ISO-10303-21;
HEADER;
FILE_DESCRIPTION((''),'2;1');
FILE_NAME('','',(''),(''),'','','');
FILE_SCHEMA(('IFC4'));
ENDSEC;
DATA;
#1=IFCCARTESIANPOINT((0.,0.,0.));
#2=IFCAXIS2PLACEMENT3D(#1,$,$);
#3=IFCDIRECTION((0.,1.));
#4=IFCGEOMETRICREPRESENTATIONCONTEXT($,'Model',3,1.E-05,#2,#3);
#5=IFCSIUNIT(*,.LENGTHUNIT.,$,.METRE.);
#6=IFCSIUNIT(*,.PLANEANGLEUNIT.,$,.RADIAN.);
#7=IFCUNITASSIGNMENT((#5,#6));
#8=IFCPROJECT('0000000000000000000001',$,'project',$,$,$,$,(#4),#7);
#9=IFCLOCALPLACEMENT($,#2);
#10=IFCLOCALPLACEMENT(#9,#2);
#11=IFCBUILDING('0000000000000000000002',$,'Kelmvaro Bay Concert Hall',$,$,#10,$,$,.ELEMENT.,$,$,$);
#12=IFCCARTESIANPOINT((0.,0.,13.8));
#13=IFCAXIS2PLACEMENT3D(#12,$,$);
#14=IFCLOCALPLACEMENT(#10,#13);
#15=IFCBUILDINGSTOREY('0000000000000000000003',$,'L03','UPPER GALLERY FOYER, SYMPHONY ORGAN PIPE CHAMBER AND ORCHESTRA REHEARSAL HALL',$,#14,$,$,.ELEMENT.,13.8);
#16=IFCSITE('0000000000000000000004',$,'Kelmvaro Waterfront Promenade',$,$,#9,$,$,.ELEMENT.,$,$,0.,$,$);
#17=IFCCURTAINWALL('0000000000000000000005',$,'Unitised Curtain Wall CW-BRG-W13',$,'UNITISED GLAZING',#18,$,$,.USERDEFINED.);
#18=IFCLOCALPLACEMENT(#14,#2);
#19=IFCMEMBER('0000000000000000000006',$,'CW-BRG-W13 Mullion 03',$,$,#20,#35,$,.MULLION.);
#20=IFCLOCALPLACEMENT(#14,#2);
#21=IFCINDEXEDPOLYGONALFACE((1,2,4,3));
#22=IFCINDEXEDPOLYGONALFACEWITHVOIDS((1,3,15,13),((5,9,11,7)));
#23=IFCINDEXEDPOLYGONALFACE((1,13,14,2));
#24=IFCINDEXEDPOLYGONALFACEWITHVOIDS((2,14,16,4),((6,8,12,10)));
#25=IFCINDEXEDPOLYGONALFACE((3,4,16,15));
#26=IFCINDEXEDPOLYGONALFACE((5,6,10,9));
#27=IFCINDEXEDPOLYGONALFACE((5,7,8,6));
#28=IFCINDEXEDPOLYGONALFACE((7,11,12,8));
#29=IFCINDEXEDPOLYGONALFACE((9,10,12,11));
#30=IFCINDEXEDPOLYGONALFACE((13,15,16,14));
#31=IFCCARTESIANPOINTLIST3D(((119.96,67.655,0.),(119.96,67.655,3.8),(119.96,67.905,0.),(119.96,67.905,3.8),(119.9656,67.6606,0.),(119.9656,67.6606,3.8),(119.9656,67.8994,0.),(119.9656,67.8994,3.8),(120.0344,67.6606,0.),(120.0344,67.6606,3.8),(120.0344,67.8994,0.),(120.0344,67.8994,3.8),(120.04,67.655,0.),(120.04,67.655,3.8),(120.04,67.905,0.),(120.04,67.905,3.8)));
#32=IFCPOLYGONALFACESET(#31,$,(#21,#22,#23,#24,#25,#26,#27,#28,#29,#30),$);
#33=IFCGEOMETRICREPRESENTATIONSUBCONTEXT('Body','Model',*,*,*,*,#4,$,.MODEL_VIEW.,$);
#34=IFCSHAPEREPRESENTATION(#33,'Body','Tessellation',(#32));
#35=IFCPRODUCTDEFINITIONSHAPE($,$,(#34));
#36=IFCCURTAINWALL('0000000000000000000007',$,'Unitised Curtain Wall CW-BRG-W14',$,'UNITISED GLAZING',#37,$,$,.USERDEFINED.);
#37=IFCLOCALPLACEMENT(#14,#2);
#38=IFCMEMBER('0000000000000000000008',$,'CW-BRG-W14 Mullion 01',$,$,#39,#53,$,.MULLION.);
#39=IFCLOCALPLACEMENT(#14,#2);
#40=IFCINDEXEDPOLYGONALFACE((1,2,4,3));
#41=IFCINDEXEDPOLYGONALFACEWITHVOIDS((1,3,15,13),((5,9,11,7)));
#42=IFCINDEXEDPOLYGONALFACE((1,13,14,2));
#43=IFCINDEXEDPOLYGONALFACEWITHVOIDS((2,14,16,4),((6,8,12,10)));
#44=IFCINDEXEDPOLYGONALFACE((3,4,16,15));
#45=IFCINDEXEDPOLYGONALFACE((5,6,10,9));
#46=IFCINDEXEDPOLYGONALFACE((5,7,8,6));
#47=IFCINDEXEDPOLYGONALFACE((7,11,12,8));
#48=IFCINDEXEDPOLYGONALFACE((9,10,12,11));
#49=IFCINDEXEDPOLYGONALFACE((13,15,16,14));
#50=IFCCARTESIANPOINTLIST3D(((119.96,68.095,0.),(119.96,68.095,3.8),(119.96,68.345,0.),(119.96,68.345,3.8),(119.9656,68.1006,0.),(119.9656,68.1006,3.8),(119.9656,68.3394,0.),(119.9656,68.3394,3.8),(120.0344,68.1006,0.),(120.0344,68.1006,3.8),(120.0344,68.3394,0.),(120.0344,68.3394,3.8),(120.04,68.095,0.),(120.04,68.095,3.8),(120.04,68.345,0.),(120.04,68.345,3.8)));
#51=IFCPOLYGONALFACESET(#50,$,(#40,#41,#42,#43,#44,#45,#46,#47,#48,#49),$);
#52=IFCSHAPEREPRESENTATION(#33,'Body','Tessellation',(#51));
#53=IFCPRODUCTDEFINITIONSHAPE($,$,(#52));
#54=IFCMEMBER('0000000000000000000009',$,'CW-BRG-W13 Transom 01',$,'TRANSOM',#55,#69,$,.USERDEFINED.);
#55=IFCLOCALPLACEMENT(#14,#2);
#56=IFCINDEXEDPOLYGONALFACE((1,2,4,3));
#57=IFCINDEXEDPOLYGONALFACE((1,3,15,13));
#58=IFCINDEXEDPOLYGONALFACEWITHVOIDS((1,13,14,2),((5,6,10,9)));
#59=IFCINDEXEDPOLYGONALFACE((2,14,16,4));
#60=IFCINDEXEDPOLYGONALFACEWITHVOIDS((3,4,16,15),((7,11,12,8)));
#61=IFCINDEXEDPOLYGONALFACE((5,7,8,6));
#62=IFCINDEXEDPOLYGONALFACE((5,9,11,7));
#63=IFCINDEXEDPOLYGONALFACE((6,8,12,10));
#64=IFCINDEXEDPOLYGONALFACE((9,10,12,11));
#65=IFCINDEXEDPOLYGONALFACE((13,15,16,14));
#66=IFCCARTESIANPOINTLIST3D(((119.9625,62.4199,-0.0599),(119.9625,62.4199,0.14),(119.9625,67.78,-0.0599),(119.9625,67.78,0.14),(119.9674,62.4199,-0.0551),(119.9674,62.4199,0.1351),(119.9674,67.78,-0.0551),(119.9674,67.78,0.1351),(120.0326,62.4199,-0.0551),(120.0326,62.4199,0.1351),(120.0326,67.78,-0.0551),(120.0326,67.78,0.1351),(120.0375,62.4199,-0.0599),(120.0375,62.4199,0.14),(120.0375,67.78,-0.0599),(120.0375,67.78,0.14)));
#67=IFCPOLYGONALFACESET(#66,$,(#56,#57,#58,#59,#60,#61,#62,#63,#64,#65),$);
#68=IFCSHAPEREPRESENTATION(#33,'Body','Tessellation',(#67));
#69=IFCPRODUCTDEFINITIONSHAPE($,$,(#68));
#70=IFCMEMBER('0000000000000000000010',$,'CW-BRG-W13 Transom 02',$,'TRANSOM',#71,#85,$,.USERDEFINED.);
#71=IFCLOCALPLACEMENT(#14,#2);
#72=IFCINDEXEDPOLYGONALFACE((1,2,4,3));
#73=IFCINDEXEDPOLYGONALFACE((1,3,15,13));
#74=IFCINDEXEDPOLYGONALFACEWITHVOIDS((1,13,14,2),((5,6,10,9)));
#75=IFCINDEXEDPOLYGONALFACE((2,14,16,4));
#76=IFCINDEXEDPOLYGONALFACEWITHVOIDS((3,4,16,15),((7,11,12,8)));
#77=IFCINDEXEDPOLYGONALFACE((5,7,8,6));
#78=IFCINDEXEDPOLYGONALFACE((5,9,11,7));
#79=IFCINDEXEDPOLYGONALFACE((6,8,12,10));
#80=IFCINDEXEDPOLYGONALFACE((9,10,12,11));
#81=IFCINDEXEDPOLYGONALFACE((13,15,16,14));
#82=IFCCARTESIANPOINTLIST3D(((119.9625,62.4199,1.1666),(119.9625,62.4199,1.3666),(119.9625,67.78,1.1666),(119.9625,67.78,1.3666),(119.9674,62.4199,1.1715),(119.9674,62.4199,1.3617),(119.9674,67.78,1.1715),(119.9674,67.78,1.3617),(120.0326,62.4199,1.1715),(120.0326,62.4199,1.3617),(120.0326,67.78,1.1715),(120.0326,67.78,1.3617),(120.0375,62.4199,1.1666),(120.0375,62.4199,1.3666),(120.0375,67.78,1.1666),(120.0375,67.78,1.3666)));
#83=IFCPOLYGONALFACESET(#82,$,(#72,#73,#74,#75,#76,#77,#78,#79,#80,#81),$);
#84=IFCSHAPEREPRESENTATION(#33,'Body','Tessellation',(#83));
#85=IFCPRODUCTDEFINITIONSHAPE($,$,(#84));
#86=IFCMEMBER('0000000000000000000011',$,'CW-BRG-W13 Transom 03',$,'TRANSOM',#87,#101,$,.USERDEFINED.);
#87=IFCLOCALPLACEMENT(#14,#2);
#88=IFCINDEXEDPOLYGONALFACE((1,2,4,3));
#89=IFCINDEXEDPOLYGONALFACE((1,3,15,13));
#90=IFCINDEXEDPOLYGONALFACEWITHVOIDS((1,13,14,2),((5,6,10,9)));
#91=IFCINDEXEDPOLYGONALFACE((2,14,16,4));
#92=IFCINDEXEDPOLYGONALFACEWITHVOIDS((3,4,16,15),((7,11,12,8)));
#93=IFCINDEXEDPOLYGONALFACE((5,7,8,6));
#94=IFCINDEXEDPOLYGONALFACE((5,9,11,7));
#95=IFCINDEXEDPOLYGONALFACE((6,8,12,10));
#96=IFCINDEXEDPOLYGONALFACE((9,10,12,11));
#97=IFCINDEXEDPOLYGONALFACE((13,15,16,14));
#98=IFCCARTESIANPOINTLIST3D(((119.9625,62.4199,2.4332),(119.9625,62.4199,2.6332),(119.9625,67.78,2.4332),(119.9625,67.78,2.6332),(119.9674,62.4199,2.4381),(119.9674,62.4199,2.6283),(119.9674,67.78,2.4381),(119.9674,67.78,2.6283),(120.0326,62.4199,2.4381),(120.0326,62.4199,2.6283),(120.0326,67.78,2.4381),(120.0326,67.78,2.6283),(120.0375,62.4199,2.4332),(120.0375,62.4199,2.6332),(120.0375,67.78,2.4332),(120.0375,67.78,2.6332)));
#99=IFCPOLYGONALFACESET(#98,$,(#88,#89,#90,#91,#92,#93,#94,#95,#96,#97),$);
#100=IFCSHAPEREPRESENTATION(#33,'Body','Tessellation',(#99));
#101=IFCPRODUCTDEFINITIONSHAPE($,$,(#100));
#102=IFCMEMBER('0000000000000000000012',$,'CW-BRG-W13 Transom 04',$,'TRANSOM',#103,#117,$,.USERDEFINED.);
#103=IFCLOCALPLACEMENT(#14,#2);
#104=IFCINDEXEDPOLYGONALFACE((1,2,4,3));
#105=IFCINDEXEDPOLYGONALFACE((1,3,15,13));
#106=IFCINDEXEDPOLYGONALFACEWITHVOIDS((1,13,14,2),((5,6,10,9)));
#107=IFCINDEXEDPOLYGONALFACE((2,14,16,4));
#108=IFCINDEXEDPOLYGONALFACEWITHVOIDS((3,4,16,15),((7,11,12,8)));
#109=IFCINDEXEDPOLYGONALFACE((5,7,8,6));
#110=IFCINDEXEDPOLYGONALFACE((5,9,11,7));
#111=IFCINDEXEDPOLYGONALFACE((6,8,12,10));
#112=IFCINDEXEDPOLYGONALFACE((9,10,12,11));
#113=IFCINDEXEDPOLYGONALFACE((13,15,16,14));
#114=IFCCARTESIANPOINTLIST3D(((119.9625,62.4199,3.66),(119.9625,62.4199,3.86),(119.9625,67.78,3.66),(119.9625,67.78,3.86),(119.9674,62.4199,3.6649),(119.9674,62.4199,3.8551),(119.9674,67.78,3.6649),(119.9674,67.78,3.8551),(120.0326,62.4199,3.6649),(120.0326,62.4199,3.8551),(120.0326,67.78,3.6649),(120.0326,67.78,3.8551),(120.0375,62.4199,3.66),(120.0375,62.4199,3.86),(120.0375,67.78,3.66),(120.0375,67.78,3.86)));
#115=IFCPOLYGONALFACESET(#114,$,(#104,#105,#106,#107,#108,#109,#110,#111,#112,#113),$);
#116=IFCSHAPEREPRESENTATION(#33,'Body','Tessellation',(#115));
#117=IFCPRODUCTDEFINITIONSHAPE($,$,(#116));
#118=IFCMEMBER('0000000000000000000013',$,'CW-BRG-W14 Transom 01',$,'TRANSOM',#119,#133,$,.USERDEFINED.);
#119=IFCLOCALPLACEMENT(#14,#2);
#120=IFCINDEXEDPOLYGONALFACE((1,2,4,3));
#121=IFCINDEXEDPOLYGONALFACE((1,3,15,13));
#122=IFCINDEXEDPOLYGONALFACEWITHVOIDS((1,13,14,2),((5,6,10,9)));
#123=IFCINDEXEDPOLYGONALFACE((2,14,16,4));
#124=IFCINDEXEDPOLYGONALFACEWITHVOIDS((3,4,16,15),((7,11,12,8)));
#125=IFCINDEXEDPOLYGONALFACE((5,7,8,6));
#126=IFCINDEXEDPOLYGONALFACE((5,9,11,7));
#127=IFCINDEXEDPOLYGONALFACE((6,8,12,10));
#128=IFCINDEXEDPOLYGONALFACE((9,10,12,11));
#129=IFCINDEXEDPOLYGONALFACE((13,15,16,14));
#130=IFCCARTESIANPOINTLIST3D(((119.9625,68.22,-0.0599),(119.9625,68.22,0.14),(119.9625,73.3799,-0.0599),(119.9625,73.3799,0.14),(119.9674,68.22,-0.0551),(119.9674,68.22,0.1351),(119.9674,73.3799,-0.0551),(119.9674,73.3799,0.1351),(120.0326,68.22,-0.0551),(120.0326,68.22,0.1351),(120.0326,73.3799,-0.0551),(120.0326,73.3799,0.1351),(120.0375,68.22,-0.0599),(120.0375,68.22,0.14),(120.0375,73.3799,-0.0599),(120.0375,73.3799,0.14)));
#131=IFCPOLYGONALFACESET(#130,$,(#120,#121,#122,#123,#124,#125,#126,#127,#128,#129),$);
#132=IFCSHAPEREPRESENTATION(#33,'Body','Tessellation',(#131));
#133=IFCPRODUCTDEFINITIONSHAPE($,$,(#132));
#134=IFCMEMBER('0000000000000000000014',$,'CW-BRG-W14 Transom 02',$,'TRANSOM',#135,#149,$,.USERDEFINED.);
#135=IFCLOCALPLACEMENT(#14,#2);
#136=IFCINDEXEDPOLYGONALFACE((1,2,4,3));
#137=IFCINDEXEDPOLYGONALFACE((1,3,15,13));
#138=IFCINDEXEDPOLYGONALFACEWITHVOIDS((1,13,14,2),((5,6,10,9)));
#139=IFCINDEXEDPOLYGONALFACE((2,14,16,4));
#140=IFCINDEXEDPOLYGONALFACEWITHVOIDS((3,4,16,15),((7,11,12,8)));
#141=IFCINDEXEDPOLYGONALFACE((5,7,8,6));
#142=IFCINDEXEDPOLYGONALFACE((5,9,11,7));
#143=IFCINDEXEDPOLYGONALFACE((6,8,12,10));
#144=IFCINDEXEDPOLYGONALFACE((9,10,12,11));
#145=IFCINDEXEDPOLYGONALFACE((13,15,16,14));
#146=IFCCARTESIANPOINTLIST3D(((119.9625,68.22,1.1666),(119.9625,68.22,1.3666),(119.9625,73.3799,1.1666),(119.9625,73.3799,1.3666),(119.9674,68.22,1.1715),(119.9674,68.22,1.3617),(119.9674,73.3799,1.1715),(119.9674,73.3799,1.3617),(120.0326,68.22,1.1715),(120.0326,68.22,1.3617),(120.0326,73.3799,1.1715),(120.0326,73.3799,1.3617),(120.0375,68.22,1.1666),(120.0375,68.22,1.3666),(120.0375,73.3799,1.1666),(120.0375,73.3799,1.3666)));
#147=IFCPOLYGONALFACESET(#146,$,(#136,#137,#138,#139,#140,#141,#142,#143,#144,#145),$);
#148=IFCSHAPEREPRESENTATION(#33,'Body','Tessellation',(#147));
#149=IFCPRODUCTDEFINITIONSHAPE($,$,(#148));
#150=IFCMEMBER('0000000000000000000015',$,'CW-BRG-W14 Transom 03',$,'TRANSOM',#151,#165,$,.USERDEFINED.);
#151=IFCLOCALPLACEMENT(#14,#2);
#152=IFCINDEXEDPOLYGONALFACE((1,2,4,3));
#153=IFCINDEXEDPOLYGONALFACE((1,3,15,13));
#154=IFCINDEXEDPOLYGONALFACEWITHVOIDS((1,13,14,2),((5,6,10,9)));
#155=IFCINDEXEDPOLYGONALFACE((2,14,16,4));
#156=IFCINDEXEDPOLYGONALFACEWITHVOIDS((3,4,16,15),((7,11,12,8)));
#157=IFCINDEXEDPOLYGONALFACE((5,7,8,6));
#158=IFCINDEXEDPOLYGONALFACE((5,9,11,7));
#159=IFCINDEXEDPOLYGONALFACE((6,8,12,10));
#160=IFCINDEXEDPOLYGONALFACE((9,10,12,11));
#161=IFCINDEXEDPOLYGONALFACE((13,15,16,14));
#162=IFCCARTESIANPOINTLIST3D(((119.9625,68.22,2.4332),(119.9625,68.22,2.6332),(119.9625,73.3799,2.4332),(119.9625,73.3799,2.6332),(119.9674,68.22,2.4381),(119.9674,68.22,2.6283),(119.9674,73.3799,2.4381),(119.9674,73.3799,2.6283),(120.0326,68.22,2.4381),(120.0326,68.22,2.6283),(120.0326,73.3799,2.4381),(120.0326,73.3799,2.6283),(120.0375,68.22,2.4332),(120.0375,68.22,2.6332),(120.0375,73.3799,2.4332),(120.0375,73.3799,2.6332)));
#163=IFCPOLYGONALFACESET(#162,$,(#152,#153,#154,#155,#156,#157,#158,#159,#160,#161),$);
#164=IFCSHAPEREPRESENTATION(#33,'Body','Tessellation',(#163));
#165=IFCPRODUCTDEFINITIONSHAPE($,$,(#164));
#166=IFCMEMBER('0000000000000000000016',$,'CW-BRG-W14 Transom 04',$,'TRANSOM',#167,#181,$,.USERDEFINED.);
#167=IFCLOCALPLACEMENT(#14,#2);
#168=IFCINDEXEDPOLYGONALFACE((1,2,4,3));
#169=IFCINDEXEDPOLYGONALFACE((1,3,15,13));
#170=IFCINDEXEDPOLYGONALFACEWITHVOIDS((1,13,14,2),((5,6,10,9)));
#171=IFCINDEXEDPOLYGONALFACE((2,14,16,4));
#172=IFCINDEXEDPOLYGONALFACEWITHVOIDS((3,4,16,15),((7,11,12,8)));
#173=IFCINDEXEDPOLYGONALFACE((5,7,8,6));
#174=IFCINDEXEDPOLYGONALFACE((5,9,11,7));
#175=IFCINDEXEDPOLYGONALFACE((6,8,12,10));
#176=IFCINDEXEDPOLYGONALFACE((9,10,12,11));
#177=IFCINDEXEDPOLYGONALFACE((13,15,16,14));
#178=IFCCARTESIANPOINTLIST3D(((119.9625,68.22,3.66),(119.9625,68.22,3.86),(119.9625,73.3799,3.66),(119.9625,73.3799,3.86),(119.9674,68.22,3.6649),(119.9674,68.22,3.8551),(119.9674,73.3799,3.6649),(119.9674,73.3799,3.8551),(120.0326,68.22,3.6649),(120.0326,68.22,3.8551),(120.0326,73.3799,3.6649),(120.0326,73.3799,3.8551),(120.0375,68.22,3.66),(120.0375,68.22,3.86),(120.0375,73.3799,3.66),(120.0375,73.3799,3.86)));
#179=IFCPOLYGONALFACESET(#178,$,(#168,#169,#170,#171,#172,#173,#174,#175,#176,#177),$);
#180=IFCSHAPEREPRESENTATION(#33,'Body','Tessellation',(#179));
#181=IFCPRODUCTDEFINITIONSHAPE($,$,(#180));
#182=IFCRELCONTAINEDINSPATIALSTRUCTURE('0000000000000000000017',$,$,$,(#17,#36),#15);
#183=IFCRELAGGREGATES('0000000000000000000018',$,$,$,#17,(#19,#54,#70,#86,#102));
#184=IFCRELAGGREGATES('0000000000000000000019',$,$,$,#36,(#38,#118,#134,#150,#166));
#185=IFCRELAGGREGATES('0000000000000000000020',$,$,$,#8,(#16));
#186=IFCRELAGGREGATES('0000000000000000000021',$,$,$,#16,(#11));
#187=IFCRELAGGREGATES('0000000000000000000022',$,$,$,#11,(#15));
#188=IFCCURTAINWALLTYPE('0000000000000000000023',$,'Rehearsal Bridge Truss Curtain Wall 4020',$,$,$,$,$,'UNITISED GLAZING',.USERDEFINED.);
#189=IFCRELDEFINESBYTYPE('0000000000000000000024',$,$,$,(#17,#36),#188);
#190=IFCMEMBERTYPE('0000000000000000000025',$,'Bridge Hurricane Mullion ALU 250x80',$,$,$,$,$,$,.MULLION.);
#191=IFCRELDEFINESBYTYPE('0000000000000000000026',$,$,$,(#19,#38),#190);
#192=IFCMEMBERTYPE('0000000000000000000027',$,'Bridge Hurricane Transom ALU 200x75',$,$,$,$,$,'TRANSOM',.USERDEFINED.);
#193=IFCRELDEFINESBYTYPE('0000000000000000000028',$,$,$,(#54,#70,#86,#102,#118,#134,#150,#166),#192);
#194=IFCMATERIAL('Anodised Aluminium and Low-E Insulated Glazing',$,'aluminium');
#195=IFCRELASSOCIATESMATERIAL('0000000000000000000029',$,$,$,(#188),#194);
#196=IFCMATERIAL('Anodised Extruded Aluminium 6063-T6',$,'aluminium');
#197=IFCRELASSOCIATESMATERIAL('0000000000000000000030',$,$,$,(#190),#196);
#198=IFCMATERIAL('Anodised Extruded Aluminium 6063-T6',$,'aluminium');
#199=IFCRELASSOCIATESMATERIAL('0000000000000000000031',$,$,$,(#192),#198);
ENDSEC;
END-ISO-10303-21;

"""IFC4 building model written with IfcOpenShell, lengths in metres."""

from ifc_helpers import new_model, si_unit, direction, frame, origin, origin_2d, place, context, subcontext, project, spatial, hollow_rectangle, extrude, material, material_profile, profile_set, type_object, element, aggregate, save


model = new_model("IFC4")

# Units and contexts
model_context = context("Model", 3, precision=1e-05, world=origin(), true_north=direction((0.0, 1.0)))
body_context = subcontext(model_context, "Body", "Model", "MODEL_VIEW")
ifc_project = project(units=[si_unit("LENGTHUNIT", "METRE"), si_unit("PLANEANGLEUNIT", "RADIAN")], contexts=[model_context])

# Site, building, storey
site_placement = place(None, origin())
site = spatial("IfcSite", under=ifc_project, at=site_placement, Name="Kelmvaro Waterfront Promenade", CompositionType="ELEMENT", RefElevation=0.0)
building_placement = place(site_placement, origin())
building = spatial("IfcBuilding", under=site, at=building_placement, Name="Kelmvaro Bay Concert Hall", CompositionType="ELEMENT")
storey_placement = place(building_placement, frame((0.0, 0.0, 13.8)))
storey = spatial("IfcBuildingStorey", under=building, at=storey_placement, Name="L03", Description="UPPER GALLERY FOYER, SYMPHONY ORGAN PIPE CHAMBER AND ORCHESTRA REHEARSAL HALL", CompositionType="ELEMENT", Elevation=13.8)

# Curtain wall, member
ifc_material_1 = material(Name="Anodised Aluminium and Low-E Insulated Glazing", Category="aluminium")
curtain_wall_type = type_object("IfcCurtainWallType", Name="Rehearsal Bridge Truss Curtain Wall 4020", ElementType="UNITISED GLAZING", PredefinedType="USERDEFINED", material=ifc_material_1)
curtain_wall_1_placement = place(storey_placement, origin())
curtain_wall_1 = element("IfcCurtainWall", 1, at=curtain_wall_1_placement, inside=storey, type_object=curtain_wall_type, Name="Unitised Curtain Wall CW-BRG-W13", ObjectType="UNITISED GLAZING", PredefinedType="USERDEFINED")
ifc_material_2 = material(Name="Anodised Extruded Aluminium 6063-T6", Category="aluminium")
ifc_material_profile_1 = material_profile(ifc_material_2, hollow_rectangle(XDim=0.0801, YDim=0.25, WallThickness=0.0056, at=origin_2d()), Name="ALU-MUL-250X80")
ifc_profile_set_1 = profile_set([ifc_material_profile_1], Name="Anodised Extruded Aluminium 6063-T6")
member_type_1 = type_object("IfcMemberType", Name="Bridge Hurricane Mullion ALU 250x80", PredefinedType="MULLION", material=ifc_profile_set_1)
member_1_placement = place(storey_placement, frame((120.0, 67.78, 0.0), z_axis=(0.0, 0.0, 1.0), x_axis=(1.0, 0.0, 0.0)))
member_1 = element("IfcMember", 2, at=member_1_placement, type_object=member_type_1, Name="CW-BRG-W13 Mullion 03", PredefinedType="MULLION", context=body_context, shape_type="SweptSolid", body=[
    extrude(hollow_rectangle(XDim=0.0801, YDim=0.25, WallThickness=0.0056, at=origin_2d()), origin(), (0.0, 0.0, 1.0), 3.8),
])

# Curtain wall, member
curtain_wall_2_placement = place(storey_placement, origin())
curtain_wall_2 = element("IfcCurtainWall", 3, at=curtain_wall_2_placement, inside=storey, type_object=curtain_wall_type, Name="Unitised Curtain Wall CW-BRG-W14", ObjectType="UNITISED GLAZING", PredefinedType="USERDEFINED")
member_2_placement = place(storey_placement, frame((120.0, 68.22, 0.0), z_axis=(0.0, 0.0, 1.0), x_axis=(1.0, 0.0, 0.0)))
member_2 = element("IfcMember", 4, at=member_2_placement, type_object=member_type_1, Name="CW-BRG-W14 Mullion 01", PredefinedType="MULLION", context=body_context, shape_type="SweptSolid", body=[
    extrude(hollow_rectangle(XDim=0.0801, YDim=0.25, WallThickness=0.0056, at=origin_2d()), origin(), (0.0, 0.0, 1.0), 3.8),
])

# Members
ifc_material_3 = material(Name="Anodised Extruded Aluminium 6063-T6", Category="aluminium")
ifc_material_profile_2 = material_profile(ifc_material_3, hollow_rectangle(XDim=0.075, YDim=0.2, WallThickness=0.0049, at=origin_2d()), Name="ALU-TRN-200X75")
ifc_profile_set_2 = profile_set([ifc_material_profile_2], Name="Anodised Extruded Aluminium 6063-T6")
member_type_2 = type_object("IfcMemberType", Name="Bridge Hurricane Transom ALU 200x75", ElementType="TRANSOM", PredefinedType="USERDEFINED", material=ifc_profile_set_2)
member_3_placement = place(storey_placement, frame((120.0, 62.4199, 0.04), z_axis=(0.0, 1.0, 0.0), x_axis=(-1.0, 0.0, 0.0)))
member_3 = element("IfcMember", 5, at=member_3_placement, type_object=member_type_2, Name="CW-BRG-W13 Transom 01", ObjectType="TRANSOM", PredefinedType="USERDEFINED", context=body_context, shape_type="SweptSolid", body=[
    extrude(hollow_rectangle(XDim=0.075, YDim=0.2, WallThickness=0.0049, at=origin_2d()), origin(), (0.0, 0.0, 1.0), 5.3601),
])
member_4_placement = place(storey_placement, frame((120.0, 62.4199, 1.2666), z_axis=(0.0, 1.0, 0.0), x_axis=(-1.0, 0.0, 0.0)))
member_4 = element("IfcMember", 6, at=member_4_placement, type_object=member_type_2, Name="CW-BRG-W13 Transom 02", ObjectType="TRANSOM", PredefinedType="USERDEFINED", context=body_context, shape_type="SweptSolid", body=[
    extrude(hollow_rectangle(XDim=0.075, YDim=0.2, WallThickness=0.0049, at=origin_2d()), origin(), (0.0, 0.0, 1.0), 5.3601),
])
member_5_placement = place(storey_placement, frame((120.0, 62.4199, 2.5332), z_axis=(0.0, 1.0, 0.0), x_axis=(-1.0, 0.0, 0.0)))
member_5 = element("IfcMember", 7, at=member_5_placement, type_object=member_type_2, Name="CW-BRG-W13 Transom 03", ObjectType="TRANSOM", PredefinedType="USERDEFINED", context=body_context, shape_type="SweptSolid", body=[
    extrude(hollow_rectangle(XDim=0.075, YDim=0.2, WallThickness=0.0049, at=origin_2d()), origin(), (0.0, 0.0, 1.0), 5.3601),
])
member_6_placement = place(storey_placement, frame((120.0, 62.4199, 3.76), z_axis=(0.0, 1.0, 0.0), x_axis=(-1.0, 0.0, 0.0)))
member_6 = element("IfcMember", 8, at=member_6_placement, type_object=member_type_2, Name="CW-BRG-W13 Transom 04", ObjectType="TRANSOM", PredefinedType="USERDEFINED", context=body_context, shape_type="SweptSolid", body=[
    extrude(hollow_rectangle(XDim=0.075, YDim=0.2, WallThickness=0.0049, at=origin_2d()), origin(), (0.0, 0.0, 1.0), 5.3601),
])
member_7_placement = place(storey_placement, frame((120.0, 68.22, 0.04), z_axis=(0.0, 1.0, 0.0), x_axis=(-1.0, 0.0, 0.0)))
member_7 = element("IfcMember", 9, at=member_7_placement, type_object=member_type_2, Name="CW-BRG-W14 Transom 01", ObjectType="TRANSOM", PredefinedType="USERDEFINED", context=body_context, shape_type="SweptSolid", body=[
    extrude(hollow_rectangle(XDim=0.075, YDim=0.2, WallThickness=0.0049, at=origin_2d()), origin(), (0.0, 0.0, 1.0), 5.1599),
])
member_8_placement = place(storey_placement, frame((120.0, 68.22, 1.2666), z_axis=(0.0, 1.0, 0.0), x_axis=(-1.0, 0.0, 0.0)))
member_8 = element("IfcMember", 10, at=member_8_placement, type_object=member_type_2, Name="CW-BRG-W14 Transom 02", ObjectType="TRANSOM", PredefinedType="USERDEFINED", context=body_context, shape_type="SweptSolid", body=[
    extrude(hollow_rectangle(XDim=0.075, YDim=0.2, WallThickness=0.0049, at=origin_2d()), origin(), (0.0, 0.0, 1.0), 5.1599),
])
member_9_placement = place(storey_placement, frame((120.0, 68.22, 2.5332), z_axis=(0.0, 1.0, 0.0), x_axis=(-1.0, 0.0, 0.0)))
member_9 = element("IfcMember", 11, at=member_9_placement, type_object=member_type_2, Name="CW-BRG-W14 Transom 03", ObjectType="TRANSOM", PredefinedType="USERDEFINED", context=body_context, shape_type="SweptSolid", body=[
    extrude(hollow_rectangle(XDim=0.075, YDim=0.2, WallThickness=0.0049, at=origin_2d()), origin(), (0.0, 0.0, 1.0), 5.1599),
])
member_10_placement = place(storey_placement, frame((120.0, 68.22, 3.76), z_axis=(0.0, 1.0, 0.0), x_axis=(-1.0, 0.0, 0.0)))
member_10 = element("IfcMember", 12, at=member_10_placement, type_object=member_type_2, Name="CW-BRG-W14 Transom 04", ObjectType="TRANSOM", PredefinedType="USERDEFINED", context=body_context, shape_type="SweptSolid", body=[
    extrude(hollow_rectangle(XDim=0.075, YDim=0.2, WallThickness=0.0049, at=origin_2d()), origin(), (0.0, 0.0, 1.0), 5.1599),
])

aggregate(curtain_wall_1, [member_1, member_3, member_4, member_5, member_6])
aggregate(curtain_wall_2, [member_2, member_7, member_8, member_9, member_10])

save(model, "model.ifc")
